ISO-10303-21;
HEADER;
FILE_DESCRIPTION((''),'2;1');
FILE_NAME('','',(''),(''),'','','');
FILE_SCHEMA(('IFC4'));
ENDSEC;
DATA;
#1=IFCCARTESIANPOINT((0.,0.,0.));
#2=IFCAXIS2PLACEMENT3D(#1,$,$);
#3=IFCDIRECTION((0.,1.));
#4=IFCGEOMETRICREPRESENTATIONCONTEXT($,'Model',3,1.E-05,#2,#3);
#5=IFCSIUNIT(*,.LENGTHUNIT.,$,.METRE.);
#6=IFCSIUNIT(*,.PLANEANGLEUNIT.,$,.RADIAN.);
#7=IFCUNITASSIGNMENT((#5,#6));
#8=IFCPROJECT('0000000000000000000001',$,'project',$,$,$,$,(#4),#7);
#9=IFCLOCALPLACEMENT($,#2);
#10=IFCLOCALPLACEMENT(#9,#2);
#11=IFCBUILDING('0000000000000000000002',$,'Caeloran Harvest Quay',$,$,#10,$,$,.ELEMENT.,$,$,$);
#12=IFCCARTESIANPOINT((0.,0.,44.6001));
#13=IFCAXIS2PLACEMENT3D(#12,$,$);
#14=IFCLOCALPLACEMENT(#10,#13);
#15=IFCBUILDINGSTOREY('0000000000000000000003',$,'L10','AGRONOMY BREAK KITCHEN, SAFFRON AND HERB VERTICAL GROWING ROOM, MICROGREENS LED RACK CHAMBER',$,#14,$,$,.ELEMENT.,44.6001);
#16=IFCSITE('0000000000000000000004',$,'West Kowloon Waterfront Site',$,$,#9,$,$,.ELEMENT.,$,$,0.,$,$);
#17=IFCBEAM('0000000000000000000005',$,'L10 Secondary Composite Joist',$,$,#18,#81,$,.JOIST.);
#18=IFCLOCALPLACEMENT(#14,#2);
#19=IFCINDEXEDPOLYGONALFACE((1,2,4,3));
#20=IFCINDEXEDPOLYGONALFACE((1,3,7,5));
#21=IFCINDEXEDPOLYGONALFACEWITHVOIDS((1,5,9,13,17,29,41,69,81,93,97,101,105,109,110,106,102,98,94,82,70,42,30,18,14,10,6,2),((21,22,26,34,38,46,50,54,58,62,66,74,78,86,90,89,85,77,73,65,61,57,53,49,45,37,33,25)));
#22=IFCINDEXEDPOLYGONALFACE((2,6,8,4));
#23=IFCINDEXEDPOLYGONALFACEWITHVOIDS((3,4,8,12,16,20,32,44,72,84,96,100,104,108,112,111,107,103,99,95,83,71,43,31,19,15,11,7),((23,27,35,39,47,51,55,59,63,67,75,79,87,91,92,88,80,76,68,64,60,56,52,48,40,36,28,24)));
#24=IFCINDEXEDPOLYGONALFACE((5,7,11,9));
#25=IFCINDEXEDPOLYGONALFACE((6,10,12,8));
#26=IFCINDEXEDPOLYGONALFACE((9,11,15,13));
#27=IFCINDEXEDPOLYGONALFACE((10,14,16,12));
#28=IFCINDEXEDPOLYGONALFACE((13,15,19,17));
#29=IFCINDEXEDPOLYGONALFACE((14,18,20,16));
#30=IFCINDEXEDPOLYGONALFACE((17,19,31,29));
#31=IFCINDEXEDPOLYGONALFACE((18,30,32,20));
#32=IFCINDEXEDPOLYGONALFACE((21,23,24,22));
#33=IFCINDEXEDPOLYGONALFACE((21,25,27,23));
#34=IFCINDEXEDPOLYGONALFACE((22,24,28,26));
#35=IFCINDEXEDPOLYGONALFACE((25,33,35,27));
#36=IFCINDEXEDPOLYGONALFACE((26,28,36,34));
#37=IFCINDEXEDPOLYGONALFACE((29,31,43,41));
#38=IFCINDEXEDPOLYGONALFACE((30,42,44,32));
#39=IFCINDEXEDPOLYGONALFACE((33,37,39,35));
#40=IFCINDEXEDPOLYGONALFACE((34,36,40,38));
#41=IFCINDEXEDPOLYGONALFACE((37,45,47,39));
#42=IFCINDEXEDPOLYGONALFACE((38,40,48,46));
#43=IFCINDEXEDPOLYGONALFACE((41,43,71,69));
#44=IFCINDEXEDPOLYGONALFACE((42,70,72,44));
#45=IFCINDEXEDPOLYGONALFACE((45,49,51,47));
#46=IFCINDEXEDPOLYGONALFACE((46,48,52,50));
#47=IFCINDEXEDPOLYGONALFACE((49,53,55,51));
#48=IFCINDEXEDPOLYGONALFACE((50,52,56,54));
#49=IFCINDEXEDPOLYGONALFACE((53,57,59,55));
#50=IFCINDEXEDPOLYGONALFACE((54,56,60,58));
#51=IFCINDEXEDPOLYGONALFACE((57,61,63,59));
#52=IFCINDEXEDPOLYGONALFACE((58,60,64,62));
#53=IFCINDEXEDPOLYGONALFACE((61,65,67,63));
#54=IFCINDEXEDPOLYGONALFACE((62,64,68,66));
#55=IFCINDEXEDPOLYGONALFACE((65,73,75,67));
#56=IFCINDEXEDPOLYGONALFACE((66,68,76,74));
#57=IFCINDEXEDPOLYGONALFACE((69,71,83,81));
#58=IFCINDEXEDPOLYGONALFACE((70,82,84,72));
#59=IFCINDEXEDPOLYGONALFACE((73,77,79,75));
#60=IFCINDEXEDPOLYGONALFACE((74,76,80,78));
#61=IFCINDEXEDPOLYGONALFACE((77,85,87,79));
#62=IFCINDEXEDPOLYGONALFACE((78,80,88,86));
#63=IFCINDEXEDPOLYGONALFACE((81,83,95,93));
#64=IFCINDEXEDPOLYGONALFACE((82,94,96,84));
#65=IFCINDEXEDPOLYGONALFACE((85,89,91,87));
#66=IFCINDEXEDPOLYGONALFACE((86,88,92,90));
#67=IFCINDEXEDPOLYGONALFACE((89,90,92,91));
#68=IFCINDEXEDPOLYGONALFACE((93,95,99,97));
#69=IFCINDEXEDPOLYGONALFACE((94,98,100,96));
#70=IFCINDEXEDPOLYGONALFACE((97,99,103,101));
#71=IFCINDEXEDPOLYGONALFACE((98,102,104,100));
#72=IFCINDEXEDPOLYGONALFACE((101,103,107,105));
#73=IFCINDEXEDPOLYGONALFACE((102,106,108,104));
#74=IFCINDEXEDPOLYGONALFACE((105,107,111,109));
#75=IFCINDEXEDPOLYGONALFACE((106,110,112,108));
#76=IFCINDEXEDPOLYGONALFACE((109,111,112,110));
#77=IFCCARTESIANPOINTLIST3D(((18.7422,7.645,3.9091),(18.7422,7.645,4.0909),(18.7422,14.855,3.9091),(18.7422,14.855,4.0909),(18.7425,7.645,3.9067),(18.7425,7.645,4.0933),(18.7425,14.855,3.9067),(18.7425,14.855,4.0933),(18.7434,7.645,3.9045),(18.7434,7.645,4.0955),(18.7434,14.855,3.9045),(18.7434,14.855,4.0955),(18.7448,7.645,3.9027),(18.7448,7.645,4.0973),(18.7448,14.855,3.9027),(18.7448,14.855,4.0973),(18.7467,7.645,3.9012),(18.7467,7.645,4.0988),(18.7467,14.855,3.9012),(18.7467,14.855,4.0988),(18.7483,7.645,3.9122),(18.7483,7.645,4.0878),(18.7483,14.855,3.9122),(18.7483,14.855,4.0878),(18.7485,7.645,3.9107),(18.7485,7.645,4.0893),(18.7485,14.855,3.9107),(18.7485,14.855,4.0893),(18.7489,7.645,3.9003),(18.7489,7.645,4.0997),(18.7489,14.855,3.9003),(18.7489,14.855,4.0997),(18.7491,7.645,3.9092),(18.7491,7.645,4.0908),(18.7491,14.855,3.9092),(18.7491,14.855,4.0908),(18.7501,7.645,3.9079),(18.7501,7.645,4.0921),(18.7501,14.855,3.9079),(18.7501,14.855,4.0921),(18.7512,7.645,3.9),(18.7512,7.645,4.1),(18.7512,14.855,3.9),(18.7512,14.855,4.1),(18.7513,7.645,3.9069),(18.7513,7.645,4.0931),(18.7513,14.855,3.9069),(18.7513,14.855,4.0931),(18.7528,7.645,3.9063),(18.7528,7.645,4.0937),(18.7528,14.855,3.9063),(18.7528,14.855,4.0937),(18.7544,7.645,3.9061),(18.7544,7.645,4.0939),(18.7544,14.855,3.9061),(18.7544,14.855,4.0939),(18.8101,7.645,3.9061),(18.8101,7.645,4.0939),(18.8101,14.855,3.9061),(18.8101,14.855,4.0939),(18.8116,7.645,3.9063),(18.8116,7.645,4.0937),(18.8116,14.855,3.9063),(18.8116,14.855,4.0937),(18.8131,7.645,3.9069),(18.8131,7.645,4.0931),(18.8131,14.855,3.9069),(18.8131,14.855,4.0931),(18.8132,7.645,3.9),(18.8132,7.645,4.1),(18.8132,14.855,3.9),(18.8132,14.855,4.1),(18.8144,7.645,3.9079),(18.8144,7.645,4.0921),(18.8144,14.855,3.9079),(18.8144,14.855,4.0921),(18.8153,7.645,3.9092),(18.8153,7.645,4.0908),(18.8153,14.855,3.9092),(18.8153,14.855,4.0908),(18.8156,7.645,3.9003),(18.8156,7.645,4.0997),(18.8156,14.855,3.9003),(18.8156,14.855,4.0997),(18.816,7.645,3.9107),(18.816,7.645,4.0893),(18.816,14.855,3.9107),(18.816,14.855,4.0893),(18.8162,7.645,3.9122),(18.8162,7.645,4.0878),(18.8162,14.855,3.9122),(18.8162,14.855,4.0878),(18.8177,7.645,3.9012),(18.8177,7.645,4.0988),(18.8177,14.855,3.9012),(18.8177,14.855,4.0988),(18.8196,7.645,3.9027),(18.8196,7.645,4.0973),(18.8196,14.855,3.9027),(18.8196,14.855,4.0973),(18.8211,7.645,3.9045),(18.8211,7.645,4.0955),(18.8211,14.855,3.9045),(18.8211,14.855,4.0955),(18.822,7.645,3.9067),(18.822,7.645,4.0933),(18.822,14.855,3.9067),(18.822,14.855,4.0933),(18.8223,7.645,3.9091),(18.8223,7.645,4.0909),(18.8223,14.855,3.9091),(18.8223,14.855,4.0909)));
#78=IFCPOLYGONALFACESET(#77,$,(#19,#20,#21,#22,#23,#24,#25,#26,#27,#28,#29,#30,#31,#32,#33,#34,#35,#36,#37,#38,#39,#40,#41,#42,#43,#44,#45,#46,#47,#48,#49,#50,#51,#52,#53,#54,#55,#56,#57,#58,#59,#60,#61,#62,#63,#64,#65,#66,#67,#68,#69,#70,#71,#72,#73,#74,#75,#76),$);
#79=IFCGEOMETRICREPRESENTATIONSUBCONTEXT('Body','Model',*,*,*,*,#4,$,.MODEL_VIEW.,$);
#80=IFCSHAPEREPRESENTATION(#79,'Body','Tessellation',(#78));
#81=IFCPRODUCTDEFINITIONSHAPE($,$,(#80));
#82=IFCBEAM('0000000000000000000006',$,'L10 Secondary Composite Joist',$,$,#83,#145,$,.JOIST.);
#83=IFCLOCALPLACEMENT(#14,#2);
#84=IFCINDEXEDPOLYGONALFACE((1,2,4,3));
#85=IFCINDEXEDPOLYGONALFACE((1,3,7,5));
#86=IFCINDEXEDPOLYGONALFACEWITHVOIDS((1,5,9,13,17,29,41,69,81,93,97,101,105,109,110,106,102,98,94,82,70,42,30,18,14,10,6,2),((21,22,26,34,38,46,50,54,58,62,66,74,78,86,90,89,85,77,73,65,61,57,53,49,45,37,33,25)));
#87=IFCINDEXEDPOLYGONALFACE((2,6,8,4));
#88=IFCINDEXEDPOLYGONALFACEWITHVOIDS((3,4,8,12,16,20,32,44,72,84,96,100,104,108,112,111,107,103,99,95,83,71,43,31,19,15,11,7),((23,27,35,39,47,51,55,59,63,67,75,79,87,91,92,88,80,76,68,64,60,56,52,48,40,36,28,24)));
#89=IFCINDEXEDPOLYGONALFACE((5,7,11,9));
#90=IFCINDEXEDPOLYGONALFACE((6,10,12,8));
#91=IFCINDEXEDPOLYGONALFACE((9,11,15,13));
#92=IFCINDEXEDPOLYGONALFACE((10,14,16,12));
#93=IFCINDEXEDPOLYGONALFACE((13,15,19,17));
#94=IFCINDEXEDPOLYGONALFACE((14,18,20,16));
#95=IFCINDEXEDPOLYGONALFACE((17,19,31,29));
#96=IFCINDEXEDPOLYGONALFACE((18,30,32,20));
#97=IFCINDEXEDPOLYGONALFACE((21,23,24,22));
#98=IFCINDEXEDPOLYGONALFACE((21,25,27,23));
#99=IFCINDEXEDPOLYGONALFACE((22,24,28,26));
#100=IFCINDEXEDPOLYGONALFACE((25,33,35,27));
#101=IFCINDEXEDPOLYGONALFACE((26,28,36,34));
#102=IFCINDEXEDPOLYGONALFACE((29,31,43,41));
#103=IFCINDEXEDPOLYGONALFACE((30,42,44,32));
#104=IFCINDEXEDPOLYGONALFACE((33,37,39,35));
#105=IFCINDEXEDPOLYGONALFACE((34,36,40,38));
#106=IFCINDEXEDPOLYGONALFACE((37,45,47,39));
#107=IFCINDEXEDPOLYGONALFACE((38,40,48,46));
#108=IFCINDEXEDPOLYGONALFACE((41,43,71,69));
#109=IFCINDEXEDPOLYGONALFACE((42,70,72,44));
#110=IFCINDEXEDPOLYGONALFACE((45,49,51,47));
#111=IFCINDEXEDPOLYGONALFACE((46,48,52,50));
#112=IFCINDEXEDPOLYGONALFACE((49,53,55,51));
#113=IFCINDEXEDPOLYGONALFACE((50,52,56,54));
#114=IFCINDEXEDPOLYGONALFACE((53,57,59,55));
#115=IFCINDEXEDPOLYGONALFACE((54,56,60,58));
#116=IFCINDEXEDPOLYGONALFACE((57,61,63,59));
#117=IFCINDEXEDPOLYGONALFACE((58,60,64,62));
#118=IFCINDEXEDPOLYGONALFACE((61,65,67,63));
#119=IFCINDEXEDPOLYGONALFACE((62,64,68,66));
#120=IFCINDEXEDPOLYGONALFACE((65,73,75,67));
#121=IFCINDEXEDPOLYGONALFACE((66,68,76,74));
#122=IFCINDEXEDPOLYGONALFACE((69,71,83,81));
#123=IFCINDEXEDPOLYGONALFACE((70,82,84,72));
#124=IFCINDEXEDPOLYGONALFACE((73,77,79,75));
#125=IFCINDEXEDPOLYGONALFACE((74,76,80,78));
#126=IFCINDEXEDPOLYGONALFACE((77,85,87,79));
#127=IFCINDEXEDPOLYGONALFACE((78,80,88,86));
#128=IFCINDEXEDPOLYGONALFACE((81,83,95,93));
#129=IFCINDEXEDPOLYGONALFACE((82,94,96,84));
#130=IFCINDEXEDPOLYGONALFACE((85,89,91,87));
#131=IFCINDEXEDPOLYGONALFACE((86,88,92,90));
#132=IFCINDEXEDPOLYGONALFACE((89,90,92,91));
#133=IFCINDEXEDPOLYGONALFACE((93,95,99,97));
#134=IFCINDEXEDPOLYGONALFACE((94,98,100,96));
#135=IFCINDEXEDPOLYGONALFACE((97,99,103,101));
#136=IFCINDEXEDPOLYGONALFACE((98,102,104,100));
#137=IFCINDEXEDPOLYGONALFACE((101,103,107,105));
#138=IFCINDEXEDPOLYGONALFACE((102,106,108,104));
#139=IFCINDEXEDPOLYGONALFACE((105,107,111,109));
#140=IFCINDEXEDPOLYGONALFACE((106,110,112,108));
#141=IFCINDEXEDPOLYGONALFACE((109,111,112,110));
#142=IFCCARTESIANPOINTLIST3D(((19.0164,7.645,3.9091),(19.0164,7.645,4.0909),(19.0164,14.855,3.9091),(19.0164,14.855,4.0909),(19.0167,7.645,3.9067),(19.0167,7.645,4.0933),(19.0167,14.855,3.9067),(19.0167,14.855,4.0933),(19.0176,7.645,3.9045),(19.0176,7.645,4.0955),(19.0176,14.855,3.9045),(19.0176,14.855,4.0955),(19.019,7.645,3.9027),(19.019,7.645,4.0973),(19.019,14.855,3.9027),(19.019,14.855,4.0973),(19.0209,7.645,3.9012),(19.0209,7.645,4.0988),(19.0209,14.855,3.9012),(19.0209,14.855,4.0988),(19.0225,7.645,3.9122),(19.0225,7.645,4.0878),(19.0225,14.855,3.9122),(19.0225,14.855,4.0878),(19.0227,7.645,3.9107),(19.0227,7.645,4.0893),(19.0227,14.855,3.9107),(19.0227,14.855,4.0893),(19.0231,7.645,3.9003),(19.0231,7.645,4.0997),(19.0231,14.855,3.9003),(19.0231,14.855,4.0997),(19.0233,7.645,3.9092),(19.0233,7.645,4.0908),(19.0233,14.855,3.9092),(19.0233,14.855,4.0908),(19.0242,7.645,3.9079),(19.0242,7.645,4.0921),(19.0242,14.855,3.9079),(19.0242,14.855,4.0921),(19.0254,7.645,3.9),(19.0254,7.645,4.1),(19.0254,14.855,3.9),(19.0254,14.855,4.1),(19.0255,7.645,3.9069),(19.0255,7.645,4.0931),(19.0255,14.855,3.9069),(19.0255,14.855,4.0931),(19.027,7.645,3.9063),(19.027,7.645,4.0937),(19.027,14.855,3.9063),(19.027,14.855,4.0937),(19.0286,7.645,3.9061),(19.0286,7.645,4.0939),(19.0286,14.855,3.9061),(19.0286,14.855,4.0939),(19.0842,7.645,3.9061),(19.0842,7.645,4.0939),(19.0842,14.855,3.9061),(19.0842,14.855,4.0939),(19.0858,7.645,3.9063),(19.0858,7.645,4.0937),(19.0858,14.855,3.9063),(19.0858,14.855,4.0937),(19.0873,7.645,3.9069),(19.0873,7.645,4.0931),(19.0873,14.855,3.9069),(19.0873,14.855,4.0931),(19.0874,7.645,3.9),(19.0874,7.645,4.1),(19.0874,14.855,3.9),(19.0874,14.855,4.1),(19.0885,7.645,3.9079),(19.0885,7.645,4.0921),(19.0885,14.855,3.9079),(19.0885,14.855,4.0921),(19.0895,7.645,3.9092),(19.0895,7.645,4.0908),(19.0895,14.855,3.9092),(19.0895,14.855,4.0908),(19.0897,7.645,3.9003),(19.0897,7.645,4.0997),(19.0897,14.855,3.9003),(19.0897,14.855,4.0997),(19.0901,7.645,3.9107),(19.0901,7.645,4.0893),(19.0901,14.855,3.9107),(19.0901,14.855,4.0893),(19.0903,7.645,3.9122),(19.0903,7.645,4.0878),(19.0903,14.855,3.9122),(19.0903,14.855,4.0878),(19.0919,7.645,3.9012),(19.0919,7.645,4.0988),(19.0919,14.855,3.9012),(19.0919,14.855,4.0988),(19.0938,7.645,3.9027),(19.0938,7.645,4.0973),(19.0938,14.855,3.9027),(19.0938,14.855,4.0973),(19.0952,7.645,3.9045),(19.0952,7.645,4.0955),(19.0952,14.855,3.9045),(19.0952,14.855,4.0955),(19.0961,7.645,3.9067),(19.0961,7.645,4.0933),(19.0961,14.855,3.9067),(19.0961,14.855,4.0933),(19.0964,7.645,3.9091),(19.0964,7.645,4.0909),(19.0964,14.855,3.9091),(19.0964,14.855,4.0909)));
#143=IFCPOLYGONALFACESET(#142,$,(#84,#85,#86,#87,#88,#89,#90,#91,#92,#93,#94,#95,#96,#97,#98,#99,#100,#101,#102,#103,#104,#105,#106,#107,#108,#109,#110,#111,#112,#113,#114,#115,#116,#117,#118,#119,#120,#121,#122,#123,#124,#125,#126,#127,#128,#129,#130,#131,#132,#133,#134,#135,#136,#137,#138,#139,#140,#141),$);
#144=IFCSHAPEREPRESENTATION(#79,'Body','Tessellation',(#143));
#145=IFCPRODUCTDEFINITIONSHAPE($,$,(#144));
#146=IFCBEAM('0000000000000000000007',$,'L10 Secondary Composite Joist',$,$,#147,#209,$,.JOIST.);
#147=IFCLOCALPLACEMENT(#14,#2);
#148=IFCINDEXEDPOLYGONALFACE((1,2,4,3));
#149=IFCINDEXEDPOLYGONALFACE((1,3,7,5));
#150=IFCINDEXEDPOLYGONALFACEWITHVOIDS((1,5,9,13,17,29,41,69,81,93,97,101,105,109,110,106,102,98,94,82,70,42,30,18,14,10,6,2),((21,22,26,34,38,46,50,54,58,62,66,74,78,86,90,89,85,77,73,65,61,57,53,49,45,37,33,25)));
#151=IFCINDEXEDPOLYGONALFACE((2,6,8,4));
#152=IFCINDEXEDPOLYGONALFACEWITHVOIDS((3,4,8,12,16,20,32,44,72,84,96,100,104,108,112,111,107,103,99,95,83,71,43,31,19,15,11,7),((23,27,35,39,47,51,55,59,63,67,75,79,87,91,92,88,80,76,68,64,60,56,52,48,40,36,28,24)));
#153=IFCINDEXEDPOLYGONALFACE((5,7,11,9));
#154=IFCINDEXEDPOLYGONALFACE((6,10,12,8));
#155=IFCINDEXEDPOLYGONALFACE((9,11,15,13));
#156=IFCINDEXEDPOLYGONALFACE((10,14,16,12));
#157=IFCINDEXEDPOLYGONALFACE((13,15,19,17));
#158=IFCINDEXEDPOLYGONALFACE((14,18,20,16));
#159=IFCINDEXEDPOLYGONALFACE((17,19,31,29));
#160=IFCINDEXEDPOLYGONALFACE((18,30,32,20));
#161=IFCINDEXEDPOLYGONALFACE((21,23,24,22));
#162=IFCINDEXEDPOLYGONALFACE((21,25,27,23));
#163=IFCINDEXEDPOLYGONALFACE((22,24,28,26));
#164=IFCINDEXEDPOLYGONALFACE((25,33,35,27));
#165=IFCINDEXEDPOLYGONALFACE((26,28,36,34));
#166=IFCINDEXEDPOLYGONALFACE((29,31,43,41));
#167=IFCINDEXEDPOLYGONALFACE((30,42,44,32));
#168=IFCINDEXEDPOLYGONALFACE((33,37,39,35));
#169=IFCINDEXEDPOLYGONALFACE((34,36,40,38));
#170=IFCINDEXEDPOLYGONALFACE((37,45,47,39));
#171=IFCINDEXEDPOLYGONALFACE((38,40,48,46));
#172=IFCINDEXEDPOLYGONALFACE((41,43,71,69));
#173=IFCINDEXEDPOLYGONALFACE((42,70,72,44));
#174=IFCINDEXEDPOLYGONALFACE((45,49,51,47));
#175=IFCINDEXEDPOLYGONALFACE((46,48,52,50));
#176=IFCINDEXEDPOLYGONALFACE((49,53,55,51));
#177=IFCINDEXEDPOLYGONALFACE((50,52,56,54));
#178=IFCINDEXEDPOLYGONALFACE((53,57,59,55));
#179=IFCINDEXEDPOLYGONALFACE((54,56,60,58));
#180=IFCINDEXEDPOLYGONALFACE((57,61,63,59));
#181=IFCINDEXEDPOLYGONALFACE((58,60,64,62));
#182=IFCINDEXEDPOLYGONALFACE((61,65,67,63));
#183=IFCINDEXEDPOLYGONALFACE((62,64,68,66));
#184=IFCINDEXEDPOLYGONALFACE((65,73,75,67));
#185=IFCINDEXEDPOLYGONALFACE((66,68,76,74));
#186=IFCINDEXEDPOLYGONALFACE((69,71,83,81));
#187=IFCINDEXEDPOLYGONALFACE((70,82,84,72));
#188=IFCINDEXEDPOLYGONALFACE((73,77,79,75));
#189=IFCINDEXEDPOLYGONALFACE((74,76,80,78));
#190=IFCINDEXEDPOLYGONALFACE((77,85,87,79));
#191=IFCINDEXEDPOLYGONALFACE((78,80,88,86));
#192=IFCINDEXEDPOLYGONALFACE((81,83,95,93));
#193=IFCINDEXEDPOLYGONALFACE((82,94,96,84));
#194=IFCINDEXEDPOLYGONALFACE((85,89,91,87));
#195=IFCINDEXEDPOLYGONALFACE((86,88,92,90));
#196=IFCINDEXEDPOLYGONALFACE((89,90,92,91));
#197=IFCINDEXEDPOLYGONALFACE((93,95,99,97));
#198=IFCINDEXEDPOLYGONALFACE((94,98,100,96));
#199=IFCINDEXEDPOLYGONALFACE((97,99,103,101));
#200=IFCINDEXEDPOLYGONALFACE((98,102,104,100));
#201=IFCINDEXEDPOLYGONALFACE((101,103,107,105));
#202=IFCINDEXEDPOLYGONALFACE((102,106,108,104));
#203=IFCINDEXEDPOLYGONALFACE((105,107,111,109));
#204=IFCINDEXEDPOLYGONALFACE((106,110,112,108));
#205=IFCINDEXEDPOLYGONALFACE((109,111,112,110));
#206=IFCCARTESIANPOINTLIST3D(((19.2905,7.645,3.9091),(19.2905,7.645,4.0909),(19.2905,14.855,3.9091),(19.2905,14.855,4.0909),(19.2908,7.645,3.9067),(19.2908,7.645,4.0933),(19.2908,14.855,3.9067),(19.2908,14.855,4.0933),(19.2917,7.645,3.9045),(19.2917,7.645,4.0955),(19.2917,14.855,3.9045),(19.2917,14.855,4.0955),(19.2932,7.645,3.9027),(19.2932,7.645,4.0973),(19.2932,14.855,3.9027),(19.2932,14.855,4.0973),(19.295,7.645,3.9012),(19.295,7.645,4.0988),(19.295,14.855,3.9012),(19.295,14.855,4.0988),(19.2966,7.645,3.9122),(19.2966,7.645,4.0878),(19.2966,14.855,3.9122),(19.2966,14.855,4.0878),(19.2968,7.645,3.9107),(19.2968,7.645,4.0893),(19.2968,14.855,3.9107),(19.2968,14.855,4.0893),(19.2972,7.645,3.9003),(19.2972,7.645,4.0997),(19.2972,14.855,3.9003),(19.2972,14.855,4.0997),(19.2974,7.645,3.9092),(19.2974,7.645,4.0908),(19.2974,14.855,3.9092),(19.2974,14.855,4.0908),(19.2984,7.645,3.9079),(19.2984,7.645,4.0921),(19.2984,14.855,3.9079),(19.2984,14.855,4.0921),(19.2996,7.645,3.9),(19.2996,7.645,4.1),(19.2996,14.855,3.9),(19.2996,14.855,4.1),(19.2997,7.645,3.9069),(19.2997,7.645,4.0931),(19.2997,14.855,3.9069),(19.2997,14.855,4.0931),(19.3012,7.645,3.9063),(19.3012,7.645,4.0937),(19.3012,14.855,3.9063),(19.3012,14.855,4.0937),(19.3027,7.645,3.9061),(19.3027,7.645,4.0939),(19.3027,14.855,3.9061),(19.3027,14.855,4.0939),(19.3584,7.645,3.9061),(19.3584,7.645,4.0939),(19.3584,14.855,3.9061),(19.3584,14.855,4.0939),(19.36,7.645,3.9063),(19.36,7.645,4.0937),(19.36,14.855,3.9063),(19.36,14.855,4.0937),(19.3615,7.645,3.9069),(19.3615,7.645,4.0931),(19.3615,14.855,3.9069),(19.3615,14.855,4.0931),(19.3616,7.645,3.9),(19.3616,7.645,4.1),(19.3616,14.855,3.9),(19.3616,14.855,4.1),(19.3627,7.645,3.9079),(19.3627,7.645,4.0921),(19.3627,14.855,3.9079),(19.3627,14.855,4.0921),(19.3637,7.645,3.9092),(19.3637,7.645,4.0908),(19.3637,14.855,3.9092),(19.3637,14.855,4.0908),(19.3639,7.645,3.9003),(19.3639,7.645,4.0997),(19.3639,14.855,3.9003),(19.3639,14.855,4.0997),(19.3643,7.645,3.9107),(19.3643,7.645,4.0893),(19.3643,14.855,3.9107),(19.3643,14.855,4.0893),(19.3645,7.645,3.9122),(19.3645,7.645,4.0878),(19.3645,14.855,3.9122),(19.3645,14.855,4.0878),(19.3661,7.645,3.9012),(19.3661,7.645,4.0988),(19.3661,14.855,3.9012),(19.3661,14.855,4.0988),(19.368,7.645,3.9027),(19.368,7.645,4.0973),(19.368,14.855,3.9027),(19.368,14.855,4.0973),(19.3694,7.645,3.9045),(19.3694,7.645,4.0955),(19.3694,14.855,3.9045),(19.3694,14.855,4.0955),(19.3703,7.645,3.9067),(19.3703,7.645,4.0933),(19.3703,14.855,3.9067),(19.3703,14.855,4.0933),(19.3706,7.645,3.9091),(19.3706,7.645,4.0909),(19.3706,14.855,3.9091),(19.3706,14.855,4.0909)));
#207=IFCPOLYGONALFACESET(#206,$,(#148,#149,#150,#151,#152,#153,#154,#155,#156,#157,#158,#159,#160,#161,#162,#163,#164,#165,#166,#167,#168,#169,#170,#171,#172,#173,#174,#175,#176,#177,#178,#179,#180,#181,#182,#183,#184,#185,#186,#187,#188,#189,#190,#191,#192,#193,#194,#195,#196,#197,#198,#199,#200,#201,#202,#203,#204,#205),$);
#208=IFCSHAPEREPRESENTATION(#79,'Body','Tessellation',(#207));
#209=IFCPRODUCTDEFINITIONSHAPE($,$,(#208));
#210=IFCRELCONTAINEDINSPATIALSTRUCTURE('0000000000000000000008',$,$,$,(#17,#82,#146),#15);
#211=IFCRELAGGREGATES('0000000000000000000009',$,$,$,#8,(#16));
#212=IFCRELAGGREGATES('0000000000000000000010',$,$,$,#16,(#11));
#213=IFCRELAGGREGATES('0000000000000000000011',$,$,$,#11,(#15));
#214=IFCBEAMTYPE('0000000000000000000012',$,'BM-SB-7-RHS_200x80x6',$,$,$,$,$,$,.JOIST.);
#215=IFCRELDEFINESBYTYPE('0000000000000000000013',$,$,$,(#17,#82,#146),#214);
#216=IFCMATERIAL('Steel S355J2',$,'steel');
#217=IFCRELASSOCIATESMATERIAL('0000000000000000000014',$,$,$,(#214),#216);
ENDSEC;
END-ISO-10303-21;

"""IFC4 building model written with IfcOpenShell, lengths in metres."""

from ifc_helpers import new_model, si_unit, direction, frame, origin, origin_2d, place, context, subcontext, project, spatial, hollow_rectangle, extrude, material, material_profile, profile_set, type_object, element, save


model = new_model("IFC4")

# Units and contexts
model_context = context("Model", 3, precision=1e-05, world=origin(), true_north=direction((0.0, 1.0)))
body_context = subcontext(model_context, "Body", "Model", "MODEL_VIEW")
ifc_project = project(units=[si_unit("LENGTHUNIT", "METRE"), si_unit("PLANEANGLEUNIT", "RADIAN")], contexts=[model_context])

# Site, building, storey
site_placement = place(None, origin())
site = spatial("IfcSite", under=ifc_project, at=site_placement, Name="West Kowloon Waterfront Site", CompositionType="ELEMENT", RefElevation=0.0)
building_placement = place(site_placement, origin())
building = spatial("IfcBuilding", under=site, at=building_placement, Name="Caeloran Harvest Quay", CompositionType="ELEMENT")
storey_placement = place(building_placement, frame((0.0, 0.0, 44.6001)))
storey = spatial("IfcBuildingStorey", under=building, at=storey_placement, Name="L10", Description="AGRONOMY BREAK KITCHEN, SAFFRON AND HERB VERTICAL GROWING ROOM, MICROGREENS LED RACK CHAMBER", CompositionType="ELEMENT", Elevation=44.6001)

# Beams
ifc_material_1 = material(Name="Steel S355J2", Category="steel")
ifc_material_profile_1 = material_profile(ifc_material_1, hollow_rectangle(XDim=0.0801, YDim=0.2, WallThickness=0.0061, InnerFilletRadius=0.0061, OuterFilletRadius=0.009, at=origin_2d()), Name="RHS 200x80x6")
ifc_profile_set_1 = profile_set([ifc_material_profile_1], Name="Steel S355J2")
beam_type_1 = type_object("IfcBeamType", Name="BM-SB-7-RHS_200x80x6", PredefinedType="JOIST", material=ifc_profile_set_1)
for number, where, z_axis, x_axis, name in (
    (1, (18.7822, 7.645, 4.0), (0.0, 1.0, 0.0), (-1.0, 0.0, 0.0), "L10 Secondary Composite Joist"),
    (2, (19.0564, 7.645, 4.0), (0.0, 1.0, 0.0), (-1.0, 0.0, 0.0), "L10 Secondary Composite Joist"),
    (3, (19.3306, 7.645, 4.0), (0.0, 1.0, 0.0), (-1.0, 0.0, 0.0), "L10 Secondary Composite Joist"),
):
    element("IfcBeam", number, at=place(storey_placement, frame(where, z_axis=z_axis, x_axis=x_axis)), inside=storey, type_object=beam_type_1, Name=name, PredefinedType="JOIST", context=body_context, shape_type="SweptSolid", body=[
        extrude(hollow_rectangle(XDim=0.0801, YDim=0.2, WallThickness=0.0061, InnerFilletRadius=0.0061, OuterFilletRadius=0.009, at=origin_2d()), origin(), (0.0, 0.0, 1.0), 7.21),
    ])

save(model, "model.ifc")
